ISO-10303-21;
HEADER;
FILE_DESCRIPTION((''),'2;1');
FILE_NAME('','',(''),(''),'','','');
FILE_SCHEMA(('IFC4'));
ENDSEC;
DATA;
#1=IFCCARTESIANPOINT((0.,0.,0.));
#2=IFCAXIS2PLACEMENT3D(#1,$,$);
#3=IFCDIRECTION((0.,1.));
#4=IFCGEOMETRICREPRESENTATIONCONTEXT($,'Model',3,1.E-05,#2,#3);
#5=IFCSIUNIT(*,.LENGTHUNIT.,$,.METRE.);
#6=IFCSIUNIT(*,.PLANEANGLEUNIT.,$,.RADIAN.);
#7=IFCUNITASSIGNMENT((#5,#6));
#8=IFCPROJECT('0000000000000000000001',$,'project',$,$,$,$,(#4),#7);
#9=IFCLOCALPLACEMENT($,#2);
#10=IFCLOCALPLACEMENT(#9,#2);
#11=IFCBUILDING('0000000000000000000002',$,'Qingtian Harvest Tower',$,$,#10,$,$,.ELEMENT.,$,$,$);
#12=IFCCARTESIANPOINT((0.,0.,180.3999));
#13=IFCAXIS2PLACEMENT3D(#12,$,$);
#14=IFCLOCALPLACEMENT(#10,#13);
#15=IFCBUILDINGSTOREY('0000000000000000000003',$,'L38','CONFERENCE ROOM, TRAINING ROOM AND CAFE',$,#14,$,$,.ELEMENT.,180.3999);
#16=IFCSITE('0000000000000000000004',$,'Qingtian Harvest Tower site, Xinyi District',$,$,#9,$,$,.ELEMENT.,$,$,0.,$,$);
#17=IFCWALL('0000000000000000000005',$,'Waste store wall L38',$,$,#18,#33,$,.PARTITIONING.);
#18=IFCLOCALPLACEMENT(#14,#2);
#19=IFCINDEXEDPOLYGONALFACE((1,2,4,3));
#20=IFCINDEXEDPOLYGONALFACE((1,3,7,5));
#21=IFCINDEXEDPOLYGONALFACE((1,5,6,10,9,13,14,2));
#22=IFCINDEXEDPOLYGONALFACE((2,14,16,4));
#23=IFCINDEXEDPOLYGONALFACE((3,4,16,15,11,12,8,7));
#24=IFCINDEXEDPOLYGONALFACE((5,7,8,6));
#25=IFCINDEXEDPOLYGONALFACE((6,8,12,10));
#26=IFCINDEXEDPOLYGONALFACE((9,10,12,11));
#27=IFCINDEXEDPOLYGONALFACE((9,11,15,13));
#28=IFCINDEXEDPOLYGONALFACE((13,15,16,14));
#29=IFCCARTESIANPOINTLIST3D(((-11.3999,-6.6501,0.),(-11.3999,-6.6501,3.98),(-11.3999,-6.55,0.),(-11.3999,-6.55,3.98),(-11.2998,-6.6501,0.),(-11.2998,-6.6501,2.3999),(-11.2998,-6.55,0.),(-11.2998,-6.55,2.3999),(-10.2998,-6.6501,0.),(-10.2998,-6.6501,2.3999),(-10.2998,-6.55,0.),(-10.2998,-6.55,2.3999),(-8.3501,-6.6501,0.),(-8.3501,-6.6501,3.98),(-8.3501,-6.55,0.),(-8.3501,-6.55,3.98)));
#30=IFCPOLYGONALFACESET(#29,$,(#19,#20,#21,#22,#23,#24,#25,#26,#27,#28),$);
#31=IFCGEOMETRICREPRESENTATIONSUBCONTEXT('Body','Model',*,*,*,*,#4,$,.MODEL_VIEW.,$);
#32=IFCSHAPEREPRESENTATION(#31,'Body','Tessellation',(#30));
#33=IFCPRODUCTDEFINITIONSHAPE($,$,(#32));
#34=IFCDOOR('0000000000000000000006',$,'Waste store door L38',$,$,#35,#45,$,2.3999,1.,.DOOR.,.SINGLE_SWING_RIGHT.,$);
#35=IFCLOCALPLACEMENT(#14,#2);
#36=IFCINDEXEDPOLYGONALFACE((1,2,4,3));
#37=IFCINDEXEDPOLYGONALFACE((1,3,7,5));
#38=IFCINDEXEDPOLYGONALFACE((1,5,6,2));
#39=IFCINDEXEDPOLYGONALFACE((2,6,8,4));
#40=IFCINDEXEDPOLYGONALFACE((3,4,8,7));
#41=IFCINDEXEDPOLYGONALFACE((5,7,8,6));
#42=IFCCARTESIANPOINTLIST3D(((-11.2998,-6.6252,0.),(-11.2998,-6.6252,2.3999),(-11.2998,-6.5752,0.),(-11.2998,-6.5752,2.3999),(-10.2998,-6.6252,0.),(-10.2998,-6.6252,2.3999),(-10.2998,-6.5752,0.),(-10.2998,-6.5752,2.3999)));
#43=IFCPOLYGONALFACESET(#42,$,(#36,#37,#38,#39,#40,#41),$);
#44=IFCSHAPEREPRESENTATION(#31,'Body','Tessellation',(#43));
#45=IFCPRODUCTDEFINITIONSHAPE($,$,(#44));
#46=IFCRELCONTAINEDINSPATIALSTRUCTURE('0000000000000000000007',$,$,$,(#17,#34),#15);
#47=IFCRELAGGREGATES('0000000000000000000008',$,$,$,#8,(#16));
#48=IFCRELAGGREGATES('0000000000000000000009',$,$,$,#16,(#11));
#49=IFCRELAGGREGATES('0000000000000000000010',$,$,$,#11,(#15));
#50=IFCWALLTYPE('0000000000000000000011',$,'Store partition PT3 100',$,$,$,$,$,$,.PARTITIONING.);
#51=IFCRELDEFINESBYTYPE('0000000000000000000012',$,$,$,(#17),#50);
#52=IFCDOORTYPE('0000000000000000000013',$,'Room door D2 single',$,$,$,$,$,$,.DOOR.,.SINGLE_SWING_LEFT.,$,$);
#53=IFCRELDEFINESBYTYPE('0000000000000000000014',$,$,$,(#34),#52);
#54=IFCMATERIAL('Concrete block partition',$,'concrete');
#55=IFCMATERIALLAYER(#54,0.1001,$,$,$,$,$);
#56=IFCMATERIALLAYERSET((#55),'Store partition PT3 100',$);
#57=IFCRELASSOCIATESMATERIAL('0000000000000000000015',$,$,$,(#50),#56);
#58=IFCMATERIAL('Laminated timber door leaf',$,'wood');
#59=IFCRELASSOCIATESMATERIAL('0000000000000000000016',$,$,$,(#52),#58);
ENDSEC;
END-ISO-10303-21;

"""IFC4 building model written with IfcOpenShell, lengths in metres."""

from ifc_helpers import new_model, si_unit, direction, frame, frame_2d, origin, place, context, subcontext, project, spatial, rectangle, extrude, material, layer, layer_set, type_object, element, fill, save


model = new_model("IFC4")

# Units and contexts
model_context = context("Model", 3, precision=1e-05, world=origin(), true_north=direction((0.0, 1.0)))
body_context = subcontext(model_context, "Body", "Model", "MODEL_VIEW")
ifc_project = project(units=[si_unit("LENGTHUNIT", "METRE"), si_unit("PLANEANGLEUNIT", "RADIAN")], contexts=[model_context])

# Site, building, storey
site_placement = place(None, origin())
site = spatial("IfcSite", under=ifc_project, at=site_placement, Name="Qingtian Harvest Tower site, Xinyi District", CompositionType="ELEMENT", RefElevation=0.0)
building_placement = place(site_placement, origin())
building = spatial("IfcBuilding", under=site, at=building_placement, Name="Qingtian Harvest Tower", CompositionType="ELEMENT")
storey_placement = place(building_placement, frame((0.0, 0.0, 180.3999)))
storey = spatial("IfcBuildingStorey", under=building, at=storey_placement, Name="L38", Description="CONFERENCE ROOM, TRAINING ROOM AND CAFE", CompositionType="ELEMENT", Elevation=180.3999)

# Wall, opening, door
ifc_material_1 = material(Name="Concrete block partition", Category="concrete")
ifc_layer_1 = layer(ifc_material_1, 0.1001)
ifc_layer_set_1 = layer_set([ifc_layer_1], Name="Store partition PT3 100")
wall_type_1 = type_object("IfcWallType", Name="Store partition PT3 100", PredefinedType="PARTITIONING", material=ifc_layer_set_1)
wall_1_placement = place(storey_placement, frame((-11.3999, -6.6001, 0.0), z_axis=(0.0, 0.0, 1.0), x_axis=(1.0, 0.0, 0.0)))
wall_1 = element("IfcWall", 1, at=wall_1_placement, inside=storey, type_object=wall_type_1, Name="Waste store wall L38", PredefinedType="PARTITIONING", context=body_context, shape_type="SweptSolid", body=[
    extrude(rectangle(XDim=3.0498, YDim=0.1001, at=frame_2d((1.5249, 0.0))), origin(), (0.0, 0.0, 1.0), 3.98),
])
opening_1_placement = place(wall_1_placement, frame((0.1001, 0.0, 0.0)))
opening_1 = element("IfcOpeningElement", 2, at=opening_1_placement, cuts=wall_1, PredefinedType="OPENING", context=body_context, shape_type="SweptSolid", body=[
    extrude(rectangle(XDim=1.0, YDim=2.3999, at=frame_2d((0.5, 1.2))), frame((0.0, 0.0601, 0.0), z_axis=(0.0, -1.0, 0.0), x_axis=(1.0, 0.0, 0.0)), (0.0, 0.0, 1.0), 0.1201),
])
ifc_material_2 = material(Name="Laminated timber door leaf", Category="wood")
door_type_1 = type_object("IfcDoorType", Name="Room door D2 single", OperationType="SINGLE_SWING_LEFT", PredefinedType="DOOR", material=ifc_material_2)
door_1_placement = place(opening_1_placement, origin())
door_1 = element("IfcDoor", 3, at=door_1_placement, inside=storey, type_object=door_type_1, Name="Waste store door L38", OperationType="SINGLE_SWING_RIGHT", OverallHeight=2.3999, OverallWidth=1.0, PredefinedType="DOOR", context=body_context, shape_type="SweptSolid", body=[
    extrude(rectangle(XDim=1.0, YDim=2.3999, at=frame_2d((0.5, 1.2))), frame((0.0, 0.0249, 0.0), z_axis=(0.0, -1.0, 0.0), x_axis=(1.0, 0.0, 0.0)), (0.0, 0.0, 1.0), 0.05),
])
fill(opening_1, door_1)

save(model, "model.ifc")
